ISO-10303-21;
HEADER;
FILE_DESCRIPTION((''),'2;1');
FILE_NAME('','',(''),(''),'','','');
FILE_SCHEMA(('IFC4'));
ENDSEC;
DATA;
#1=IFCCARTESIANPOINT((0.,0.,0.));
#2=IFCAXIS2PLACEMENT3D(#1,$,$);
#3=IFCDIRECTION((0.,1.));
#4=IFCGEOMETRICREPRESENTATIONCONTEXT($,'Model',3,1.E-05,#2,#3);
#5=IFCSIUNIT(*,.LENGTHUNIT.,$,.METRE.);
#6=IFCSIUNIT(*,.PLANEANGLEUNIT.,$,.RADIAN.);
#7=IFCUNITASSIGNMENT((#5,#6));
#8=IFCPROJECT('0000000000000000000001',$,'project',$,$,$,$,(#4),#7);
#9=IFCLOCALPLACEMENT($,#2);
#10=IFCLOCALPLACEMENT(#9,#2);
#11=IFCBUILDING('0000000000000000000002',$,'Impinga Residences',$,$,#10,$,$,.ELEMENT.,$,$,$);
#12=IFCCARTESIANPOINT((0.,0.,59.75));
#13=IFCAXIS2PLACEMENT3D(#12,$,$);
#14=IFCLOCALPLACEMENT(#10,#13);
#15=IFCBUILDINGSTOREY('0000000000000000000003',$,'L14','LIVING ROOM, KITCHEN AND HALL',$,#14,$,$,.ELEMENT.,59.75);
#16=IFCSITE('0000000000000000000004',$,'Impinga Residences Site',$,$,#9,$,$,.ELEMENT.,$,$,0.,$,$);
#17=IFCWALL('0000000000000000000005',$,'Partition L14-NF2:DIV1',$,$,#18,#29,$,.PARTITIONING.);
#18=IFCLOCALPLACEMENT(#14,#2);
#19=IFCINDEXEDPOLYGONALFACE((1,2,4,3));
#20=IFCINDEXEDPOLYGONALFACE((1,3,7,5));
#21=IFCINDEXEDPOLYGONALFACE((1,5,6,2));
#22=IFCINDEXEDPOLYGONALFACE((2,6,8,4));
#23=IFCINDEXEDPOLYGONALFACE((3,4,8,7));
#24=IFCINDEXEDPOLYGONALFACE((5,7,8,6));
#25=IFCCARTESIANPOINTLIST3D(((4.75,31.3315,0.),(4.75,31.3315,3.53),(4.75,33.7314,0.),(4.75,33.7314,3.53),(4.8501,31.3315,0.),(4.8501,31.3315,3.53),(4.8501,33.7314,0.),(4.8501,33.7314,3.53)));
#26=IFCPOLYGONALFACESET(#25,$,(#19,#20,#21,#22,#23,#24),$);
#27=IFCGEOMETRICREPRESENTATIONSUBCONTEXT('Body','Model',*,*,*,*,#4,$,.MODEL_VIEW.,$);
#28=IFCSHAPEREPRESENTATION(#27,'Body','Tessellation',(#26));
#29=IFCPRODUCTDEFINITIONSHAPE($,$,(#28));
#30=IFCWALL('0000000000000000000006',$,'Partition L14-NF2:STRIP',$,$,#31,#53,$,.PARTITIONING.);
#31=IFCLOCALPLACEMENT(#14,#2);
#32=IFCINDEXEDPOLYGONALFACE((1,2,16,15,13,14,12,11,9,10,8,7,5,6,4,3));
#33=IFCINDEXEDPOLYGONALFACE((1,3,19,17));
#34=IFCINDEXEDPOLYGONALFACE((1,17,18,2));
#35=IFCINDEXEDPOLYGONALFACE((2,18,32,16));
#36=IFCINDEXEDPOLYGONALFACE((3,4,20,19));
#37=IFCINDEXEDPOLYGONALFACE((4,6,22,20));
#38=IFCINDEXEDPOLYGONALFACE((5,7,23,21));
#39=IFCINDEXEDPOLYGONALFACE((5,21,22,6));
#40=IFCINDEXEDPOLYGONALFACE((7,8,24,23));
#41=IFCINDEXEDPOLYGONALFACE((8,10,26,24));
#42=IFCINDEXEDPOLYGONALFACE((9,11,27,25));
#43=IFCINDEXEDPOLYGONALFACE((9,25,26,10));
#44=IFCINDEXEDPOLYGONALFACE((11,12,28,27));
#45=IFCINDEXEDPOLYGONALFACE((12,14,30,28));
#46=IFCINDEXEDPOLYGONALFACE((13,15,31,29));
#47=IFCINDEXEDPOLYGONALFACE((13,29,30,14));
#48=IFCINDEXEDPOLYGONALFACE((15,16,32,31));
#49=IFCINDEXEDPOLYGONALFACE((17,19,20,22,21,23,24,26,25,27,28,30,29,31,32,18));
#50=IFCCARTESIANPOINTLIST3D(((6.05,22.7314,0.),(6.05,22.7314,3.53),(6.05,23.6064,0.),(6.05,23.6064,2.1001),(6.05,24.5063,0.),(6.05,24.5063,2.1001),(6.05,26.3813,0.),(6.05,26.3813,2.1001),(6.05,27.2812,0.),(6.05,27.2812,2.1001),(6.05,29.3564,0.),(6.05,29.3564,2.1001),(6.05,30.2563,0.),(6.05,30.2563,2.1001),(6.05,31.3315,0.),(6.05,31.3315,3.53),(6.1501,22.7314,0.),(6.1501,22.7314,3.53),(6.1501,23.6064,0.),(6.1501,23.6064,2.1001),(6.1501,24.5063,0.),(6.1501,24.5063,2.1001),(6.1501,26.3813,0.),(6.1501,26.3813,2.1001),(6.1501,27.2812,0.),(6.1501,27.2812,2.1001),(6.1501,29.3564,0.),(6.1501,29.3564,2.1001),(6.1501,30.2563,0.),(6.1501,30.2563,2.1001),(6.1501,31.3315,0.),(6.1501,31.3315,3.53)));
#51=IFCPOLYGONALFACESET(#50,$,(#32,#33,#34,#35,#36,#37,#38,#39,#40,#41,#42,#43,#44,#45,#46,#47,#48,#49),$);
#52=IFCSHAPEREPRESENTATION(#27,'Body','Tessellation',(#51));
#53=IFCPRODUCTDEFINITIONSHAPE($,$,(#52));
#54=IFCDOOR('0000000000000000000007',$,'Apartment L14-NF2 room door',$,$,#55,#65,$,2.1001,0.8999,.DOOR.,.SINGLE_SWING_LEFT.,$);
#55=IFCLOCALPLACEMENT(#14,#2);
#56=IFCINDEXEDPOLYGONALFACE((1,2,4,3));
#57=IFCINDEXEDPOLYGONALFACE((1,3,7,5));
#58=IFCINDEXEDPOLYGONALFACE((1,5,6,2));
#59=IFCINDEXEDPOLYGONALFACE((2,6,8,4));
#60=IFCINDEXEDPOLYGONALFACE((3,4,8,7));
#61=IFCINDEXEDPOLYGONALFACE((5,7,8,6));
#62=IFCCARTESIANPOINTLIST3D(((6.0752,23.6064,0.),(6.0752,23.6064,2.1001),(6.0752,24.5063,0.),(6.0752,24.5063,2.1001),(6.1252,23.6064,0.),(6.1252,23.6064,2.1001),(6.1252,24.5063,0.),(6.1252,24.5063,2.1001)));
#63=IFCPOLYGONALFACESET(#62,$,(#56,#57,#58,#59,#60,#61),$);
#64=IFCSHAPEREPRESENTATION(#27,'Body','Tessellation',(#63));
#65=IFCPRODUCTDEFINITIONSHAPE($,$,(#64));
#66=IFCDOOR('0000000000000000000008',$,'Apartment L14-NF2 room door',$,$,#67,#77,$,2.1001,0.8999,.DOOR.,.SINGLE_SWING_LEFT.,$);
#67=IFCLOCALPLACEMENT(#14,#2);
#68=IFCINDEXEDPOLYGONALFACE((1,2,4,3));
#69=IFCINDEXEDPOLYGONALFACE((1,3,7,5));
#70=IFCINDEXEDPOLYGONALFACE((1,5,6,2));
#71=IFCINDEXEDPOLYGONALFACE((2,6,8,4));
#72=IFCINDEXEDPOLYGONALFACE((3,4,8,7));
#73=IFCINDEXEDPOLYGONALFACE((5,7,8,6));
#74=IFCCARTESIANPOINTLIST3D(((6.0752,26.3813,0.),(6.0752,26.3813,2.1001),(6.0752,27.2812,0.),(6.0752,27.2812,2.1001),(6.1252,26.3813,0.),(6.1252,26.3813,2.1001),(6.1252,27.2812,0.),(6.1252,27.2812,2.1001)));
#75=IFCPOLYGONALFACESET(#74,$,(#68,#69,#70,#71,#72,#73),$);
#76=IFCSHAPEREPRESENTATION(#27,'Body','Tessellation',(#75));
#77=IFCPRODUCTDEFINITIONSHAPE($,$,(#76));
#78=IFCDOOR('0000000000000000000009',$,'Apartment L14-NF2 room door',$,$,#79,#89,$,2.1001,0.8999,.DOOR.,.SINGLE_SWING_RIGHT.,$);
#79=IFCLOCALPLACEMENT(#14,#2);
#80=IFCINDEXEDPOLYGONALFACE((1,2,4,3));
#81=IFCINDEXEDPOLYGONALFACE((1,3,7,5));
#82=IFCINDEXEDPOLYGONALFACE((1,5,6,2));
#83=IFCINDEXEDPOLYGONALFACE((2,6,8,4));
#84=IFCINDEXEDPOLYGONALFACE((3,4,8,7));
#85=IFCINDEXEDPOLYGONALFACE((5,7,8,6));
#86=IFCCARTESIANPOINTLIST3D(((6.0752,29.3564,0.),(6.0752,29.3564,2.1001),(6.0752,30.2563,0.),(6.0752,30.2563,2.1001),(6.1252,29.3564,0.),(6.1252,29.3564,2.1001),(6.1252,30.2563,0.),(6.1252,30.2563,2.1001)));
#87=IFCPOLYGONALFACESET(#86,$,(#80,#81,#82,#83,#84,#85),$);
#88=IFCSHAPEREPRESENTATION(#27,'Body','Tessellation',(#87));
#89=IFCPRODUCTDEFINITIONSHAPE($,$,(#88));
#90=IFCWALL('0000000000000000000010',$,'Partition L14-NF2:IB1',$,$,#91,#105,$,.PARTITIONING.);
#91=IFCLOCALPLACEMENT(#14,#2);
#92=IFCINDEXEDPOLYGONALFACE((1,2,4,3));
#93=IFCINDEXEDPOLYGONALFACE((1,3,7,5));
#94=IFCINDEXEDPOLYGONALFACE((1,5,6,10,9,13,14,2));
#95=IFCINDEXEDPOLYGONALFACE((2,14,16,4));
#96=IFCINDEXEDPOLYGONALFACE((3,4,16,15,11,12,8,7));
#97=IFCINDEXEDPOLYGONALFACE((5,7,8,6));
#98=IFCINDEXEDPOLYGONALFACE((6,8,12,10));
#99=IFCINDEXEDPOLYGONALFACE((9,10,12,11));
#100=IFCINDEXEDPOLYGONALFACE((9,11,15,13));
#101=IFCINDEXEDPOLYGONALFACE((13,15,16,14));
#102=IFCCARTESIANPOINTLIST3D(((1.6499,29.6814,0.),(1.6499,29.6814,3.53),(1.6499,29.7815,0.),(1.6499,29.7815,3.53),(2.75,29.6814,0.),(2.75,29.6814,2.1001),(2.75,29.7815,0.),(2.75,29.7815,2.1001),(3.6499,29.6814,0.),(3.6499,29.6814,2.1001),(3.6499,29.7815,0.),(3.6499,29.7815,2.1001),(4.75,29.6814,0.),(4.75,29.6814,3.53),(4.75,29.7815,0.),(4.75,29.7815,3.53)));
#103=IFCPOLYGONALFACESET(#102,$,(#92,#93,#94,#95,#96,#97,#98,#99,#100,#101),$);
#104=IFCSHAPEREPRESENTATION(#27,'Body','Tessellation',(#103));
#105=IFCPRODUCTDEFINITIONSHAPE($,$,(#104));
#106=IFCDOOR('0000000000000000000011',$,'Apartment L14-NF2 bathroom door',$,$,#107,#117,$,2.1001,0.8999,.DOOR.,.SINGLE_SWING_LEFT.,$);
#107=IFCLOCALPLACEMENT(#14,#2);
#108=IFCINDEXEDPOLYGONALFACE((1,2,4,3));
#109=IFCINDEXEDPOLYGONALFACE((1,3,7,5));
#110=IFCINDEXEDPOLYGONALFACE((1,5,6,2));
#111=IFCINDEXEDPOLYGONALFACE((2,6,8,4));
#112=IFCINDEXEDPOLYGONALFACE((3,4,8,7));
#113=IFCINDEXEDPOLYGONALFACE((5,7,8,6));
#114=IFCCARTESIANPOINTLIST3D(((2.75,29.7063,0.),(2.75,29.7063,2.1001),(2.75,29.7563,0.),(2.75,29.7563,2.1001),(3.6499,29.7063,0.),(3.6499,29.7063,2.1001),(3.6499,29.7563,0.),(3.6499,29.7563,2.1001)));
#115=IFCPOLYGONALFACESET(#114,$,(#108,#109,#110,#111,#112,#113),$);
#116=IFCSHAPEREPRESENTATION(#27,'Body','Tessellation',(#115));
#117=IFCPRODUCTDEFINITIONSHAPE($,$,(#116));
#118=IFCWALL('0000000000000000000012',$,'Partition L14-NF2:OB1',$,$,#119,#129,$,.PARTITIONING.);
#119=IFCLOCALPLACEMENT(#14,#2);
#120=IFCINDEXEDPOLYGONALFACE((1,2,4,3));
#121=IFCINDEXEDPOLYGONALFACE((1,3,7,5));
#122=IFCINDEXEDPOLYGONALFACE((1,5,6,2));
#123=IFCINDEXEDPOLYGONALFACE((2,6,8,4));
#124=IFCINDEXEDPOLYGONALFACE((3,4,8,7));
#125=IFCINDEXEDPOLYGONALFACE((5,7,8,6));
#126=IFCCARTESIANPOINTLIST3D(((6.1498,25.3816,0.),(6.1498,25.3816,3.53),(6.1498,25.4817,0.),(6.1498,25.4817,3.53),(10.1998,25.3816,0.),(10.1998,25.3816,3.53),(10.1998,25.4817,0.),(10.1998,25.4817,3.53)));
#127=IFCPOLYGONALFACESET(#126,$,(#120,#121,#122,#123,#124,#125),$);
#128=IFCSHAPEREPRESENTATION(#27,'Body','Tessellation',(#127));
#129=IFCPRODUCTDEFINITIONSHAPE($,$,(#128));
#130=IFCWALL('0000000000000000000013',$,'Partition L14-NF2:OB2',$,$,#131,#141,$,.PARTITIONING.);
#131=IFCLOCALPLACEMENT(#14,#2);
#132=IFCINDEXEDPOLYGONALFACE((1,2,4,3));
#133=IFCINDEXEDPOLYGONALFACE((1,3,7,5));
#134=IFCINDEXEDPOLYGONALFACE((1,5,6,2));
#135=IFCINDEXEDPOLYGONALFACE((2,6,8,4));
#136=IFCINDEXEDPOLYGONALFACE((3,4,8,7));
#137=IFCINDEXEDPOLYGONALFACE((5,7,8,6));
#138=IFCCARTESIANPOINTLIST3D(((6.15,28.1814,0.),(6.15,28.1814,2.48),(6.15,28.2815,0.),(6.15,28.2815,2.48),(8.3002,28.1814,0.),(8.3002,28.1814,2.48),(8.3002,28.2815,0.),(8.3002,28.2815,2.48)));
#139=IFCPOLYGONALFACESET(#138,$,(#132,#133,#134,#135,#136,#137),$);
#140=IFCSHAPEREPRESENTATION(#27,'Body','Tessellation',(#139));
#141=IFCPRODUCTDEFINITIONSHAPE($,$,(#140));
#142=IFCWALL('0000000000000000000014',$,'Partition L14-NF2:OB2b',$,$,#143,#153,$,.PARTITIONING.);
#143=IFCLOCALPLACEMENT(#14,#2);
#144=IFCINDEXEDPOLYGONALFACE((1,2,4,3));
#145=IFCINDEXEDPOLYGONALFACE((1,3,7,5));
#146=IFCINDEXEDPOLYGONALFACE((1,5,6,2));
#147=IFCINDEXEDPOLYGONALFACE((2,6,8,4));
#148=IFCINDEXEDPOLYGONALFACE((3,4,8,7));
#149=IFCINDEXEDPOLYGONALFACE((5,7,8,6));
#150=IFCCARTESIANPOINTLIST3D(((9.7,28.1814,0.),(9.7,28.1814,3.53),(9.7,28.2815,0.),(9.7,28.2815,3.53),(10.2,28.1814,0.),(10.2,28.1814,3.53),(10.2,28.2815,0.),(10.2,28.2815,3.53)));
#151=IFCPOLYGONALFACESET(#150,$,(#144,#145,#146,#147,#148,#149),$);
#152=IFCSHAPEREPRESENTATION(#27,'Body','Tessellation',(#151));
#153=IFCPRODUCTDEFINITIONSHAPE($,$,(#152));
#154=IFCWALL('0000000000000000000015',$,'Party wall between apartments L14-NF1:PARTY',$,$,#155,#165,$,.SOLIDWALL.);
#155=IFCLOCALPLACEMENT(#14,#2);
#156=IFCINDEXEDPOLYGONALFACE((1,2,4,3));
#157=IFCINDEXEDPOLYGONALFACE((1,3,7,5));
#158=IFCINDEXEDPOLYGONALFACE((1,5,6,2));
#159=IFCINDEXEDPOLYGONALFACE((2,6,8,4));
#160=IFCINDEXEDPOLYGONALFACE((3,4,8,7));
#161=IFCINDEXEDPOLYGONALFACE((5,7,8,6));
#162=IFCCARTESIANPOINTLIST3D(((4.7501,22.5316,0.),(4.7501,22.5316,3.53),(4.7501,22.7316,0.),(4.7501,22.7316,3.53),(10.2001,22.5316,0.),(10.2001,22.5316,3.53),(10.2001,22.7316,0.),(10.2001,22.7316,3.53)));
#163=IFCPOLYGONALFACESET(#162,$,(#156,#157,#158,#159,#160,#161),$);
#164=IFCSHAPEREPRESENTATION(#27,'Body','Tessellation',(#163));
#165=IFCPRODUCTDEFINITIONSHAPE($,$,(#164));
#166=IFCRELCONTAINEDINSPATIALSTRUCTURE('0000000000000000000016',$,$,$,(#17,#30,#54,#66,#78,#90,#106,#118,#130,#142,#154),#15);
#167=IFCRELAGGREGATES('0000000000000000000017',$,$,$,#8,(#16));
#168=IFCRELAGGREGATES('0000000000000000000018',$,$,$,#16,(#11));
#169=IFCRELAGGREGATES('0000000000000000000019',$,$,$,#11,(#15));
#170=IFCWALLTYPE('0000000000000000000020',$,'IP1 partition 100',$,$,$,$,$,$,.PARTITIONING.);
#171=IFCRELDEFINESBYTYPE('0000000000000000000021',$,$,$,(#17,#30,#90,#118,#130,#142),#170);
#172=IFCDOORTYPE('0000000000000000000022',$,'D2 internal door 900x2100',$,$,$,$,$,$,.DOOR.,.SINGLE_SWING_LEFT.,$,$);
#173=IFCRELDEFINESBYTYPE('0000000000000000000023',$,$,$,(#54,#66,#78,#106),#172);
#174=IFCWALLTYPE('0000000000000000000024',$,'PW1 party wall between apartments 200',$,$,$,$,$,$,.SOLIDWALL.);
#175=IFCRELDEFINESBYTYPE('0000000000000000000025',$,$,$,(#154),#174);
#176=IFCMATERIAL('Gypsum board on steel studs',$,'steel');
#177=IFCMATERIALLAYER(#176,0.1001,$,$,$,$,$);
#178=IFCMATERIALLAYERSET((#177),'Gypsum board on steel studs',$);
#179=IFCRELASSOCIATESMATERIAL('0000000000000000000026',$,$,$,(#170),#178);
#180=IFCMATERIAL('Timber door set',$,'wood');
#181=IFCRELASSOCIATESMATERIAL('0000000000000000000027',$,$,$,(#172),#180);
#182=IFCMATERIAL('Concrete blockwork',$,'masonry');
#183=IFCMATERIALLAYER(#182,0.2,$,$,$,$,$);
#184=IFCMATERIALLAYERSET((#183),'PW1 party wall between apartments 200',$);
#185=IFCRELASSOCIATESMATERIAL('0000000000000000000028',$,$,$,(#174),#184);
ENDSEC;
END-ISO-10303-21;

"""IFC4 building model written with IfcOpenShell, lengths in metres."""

from ifc_helpers import new_model, si_unit, direction, frame, frame_2d, origin, place, context, subcontext, project, spatial, rectangle, extrude, material, layer, layer_set, type_object, element, fill, save


model = new_model("IFC4")

# Units and contexts
model_context = context("Model", 3, precision=1e-05, world=origin(), true_north=direction((0.0, 1.0)))
body_context = subcontext(model_context, "Body", "Model", "MODEL_VIEW")
ifc_project = project(units=[si_unit("LENGTHUNIT", "METRE"), si_unit("PLANEANGLEUNIT", "RADIAN")], contexts=[model_context])

# Site, building, storey
site_placement = place(None, origin())
site = spatial("IfcSite", under=ifc_project, at=site_placement, Name="Impinga Residences Site", CompositionType="ELEMENT", RefElevation=0.0)
building_placement = place(site_placement, origin())
building = spatial("IfcBuilding", under=site, at=building_placement, Name="Impinga Residences", CompositionType="ELEMENT")
storey_placement = place(building_placement, frame((0.0, 0.0, 59.75)))
storey = spatial("IfcBuildingStorey", under=building, at=storey_placement, Name="L14", Description="LIVING ROOM, KITCHEN AND HALL", CompositionType="ELEMENT", Elevation=59.75)

# Shared definitions
ifc_material_1 = material(Name="Gypsum board on steel studs", Category="steel")
ifc_layer_1 = layer(ifc_material_1, 0.1001)
ifc_layer_set_1 = layer_set([ifc_layer_1], Name="Gypsum board on steel studs")
wall_type_1 = type_object("IfcWallType", Name="IP1 partition 100", PredefinedType="PARTITIONING", material=ifc_layer_set_1)

# Shared definitions
ifc_material_2 = material(Name="Timber door set", Category="wood")
door_type = type_object("IfcDoorType", Name="D2 internal door 900x2100", OperationType="SINGLE_SWING_LEFT", PredefinedType="DOOR", material=ifc_material_2)

# Wall
wall_1_placement = place(storey_placement, frame((4.8, 31.3315, 0.0), z_axis=(0.0, 0.0, 1.0), x_axis=(0.0, 1.0, 0.0)))
element("IfcWall", 1, at=wall_1_placement, inside=storey, type_object=wall_type_1, Name="Partition L14-NF2:DIV1", PredefinedType="PARTITIONING", context=body_context, shape_type="SweptSolid", body=[
    extrude(rectangle(XDim=2.3999, YDim=0.1001, at=frame_2d((1.2, 0.0))), origin(), (0.0, 0.0, 1.0), 3.53),
])

# Wall, openings, doors
wall_2_placement = place(storey_placement, frame((6.1001, 22.7314, 0.0), z_axis=(0.0, 0.0, 1.0), x_axis=(0.0, 1.0, 0.0)))
wall_2 = element("IfcWall", 2, at=wall_2_placement, inside=storey, type_object=wall_type_1, Name="Partition L14-NF2:STRIP", PredefinedType="PARTITIONING", context=body_context, shape_type="SweptSolid", body=[
    extrude(rectangle(XDim=8.6001, YDim=0.1001, at=frame_2d((4.3, 0.0))), origin(), (0.0, 0.0, 1.0), 3.53),
])
opening_1_placement = place(wall_2_placement, frame((0.875, 0.0, 0.0)))
opening_1 = element("IfcOpeningElement", 3, at=opening_1_placement, cuts=wall_2, PredefinedType="OPENING", context=body_context, shape_type="SweptSolid", body=[
    extrude(rectangle(XDim=0.8999, YDim=2.1001, at=frame_2d((0.45, 1.05))), frame((0.0, 0.0601, 0.0), z_axis=(0.0, -1.0, 0.0), x_axis=(1.0, 0.0, 0.0)), (0.0, 0.0, 1.0), 0.1201),
])
opening_2_placement = place(wall_2_placement, frame((3.6499, 0.0, 0.0)))
opening_2 = element("IfcOpeningElement", 4, at=opening_2_placement, cuts=wall_2, PredefinedType="OPENING", context=body_context, shape_type="SweptSolid", body=[
    extrude(rectangle(XDim=0.8999, YDim=2.1001, at=frame_2d((0.45, 1.05))), frame((0.0, 0.0601, 0.0), z_axis=(0.0, -1.0, 0.0), x_axis=(1.0, 0.0, 0.0)), (0.0, 0.0, 1.0), 0.1201),
])
opening_3_placement = place(wall_2_placement, frame((6.625, 0.0, 0.0)))
opening_3 = element("IfcOpeningElement", 5, at=opening_3_placement, cuts=wall_2, PredefinedType="OPENING", context=body_context, shape_type="SweptSolid", body=[
    extrude(rectangle(XDim=0.8999, YDim=2.1001, at=frame_2d((0.45, 1.05))), frame((0.0, 0.0601, 0.0), z_axis=(0.0, -1.0, 0.0), x_axis=(1.0, 0.0, 0.0)), (0.0, 0.0, 1.0), 0.1201),
])
door_1_placement = place(opening_1_placement, origin())
door_1 = element("IfcDoor", 6, at=door_1_placement, inside=storey, type_object=door_type, Name="Apartment L14-NF2 room door", OperationType="SINGLE_SWING_LEFT", OverallHeight=2.1001, OverallWidth=0.8999, PredefinedType="DOOR", context=body_context, shape_type="SweptSolid", body=[
    extrude(rectangle(XDim=0.8999, YDim=2.1001, at=frame_2d((0.45, 1.05))), frame((0.0, 0.0249, 0.0), z_axis=(0.0, -1.0, 0.0), x_axis=(1.0, 0.0, 0.0)), (0.0, 0.0, 1.0), 0.05),
])
fill(opening_1, door_1)
door_2_placement = place(opening_2_placement, origin())
door_2 = element("IfcDoor", 7, at=door_2_placement, inside=storey, type_object=door_type, Name="Apartment L14-NF2 room door", OperationType="SINGLE_SWING_LEFT", OverallHeight=2.1001, OverallWidth=0.8999, PredefinedType="DOOR", context=body_context, shape_type="SweptSolid", body=[
    extrude(rectangle(XDim=0.8999, YDim=2.1001, at=frame_2d((0.45, 1.05))), frame((0.0, 0.0249, 0.0), z_axis=(0.0, -1.0, 0.0), x_axis=(1.0, 0.0, 0.0)), (0.0, 0.0, 1.0), 0.05),
])
fill(opening_2, door_2)
door_3_placement = place(opening_3_placement, origin())
door_3 = element("IfcDoor", 8, at=door_3_placement, inside=storey, type_object=door_type, Name="Apartment L14-NF2 room door", OperationType="SINGLE_SWING_RIGHT", OverallHeight=2.1001, OverallWidth=0.8999, PredefinedType="DOOR", context=body_context, shape_type="SweptSolid", body=[
    extrude(rectangle(XDim=0.8999, YDim=2.1001, at=frame_2d((0.45, 1.05))), frame((0.0, 0.0249, 0.0), z_axis=(0.0, -1.0, 0.0), x_axis=(1.0, 0.0, 0.0)), (0.0, 0.0, 1.0), 0.05),
])
fill(opening_3, door_3)

# Wall, opening, door
wall_3_placement = place(storey_placement, frame((1.6499, 29.7314, 0.0), z_axis=(0.0, 0.0, 1.0), x_axis=(1.0, 0.0, 0.0)))
wall_3 = element("IfcWall", 9, at=wall_3_placement, inside=storey, type_object=wall_type_1, Name="Partition L14-NF2:IB1", PredefinedType="PARTITIONING", context=body_context, shape_type="SweptSolid", body=[
    extrude(rectangle(XDim=3.1001, YDim=0.1001, at=frame_2d((1.55, 0.0))), origin(), (0.0, 0.0, 1.0), 3.53),
])
opening_4_placement = place(wall_3_placement, frame((1.1001, 0.0, 0.0)))
opening_4 = element("IfcOpeningElement", 10, at=opening_4_placement, cuts=wall_3, PredefinedType="OPENING", context=body_context, shape_type="SweptSolid", body=[
    extrude(rectangle(XDim=0.8999, YDim=2.1001, at=frame_2d((0.45, 1.05))), frame((0.0, 0.0601, 0.0), z_axis=(0.0, -1.0, 0.0), x_axis=(1.0, 0.0, 0.0)), (0.0, 0.0, 1.0), 0.1201),
])
door_4_placement = place(opening_4_placement, origin())
door_4 = element("IfcDoor", 11, at=door_4_placement, inside=storey, type_object=door_type, Name="Apartment L14-NF2 bathroom door", OperationType="SINGLE_SWING_LEFT", OverallHeight=2.1001, OverallWidth=0.8999, PredefinedType="DOOR", context=body_context, shape_type="SweptSolid", body=[
    extrude(rectangle(XDim=0.8999, YDim=2.1001, at=frame_2d((0.45, 1.05))), frame((0.0, 0.0249, 0.0), z_axis=(0.0, -1.0, 0.0), x_axis=(1.0, 0.0, 0.0)), (0.0, 0.0, 1.0), 0.05),
])
fill(opening_4, door_4)

# Walls
wall_4_placement = place(storey_placement, frame((6.1499, 25.4316, 0.0), z_axis=(0.0, 0.0, 1.0), x_axis=(1.0, 0.0, 0.0)))
element("IfcWall", 12, at=wall_4_placement, inside=storey, type_object=wall_type_1, Name="Partition L14-NF2:OB1", PredefinedType="PARTITIONING", context=body_context, shape_type="SweptSolid", body=[
    extrude(rectangle(XDim=4.05, YDim=0.1001, at=frame_2d((2.0249, 0.0))), origin(), (0.0, 0.0, 1.0), 3.53),
])
wall_5_placement = place(storey_placement, frame((6.1499, 28.2314, 0.0), z_axis=(0.0, 0.0, 1.0), x_axis=(1.0, 0.0, 0.0)))
element("IfcWall", 13, at=wall_5_placement, inside=storey, type_object=wall_type_1, Name="Partition L14-NF2:OB2", PredefinedType="PARTITIONING", context=body_context, shape_type="SweptSolid", body=[
    extrude(rectangle(XDim=2.1501, YDim=0.1001, at=frame_2d((1.0752, 0.0))), origin(), (0.0, 0.0, 1.0), 2.48),
])
wall_6_placement = place(storey_placement, frame((9.7, 28.2314, 0.0), z_axis=(0.0, 0.0, 1.0), x_axis=(1.0, 0.0, 0.0)))
element("IfcWall", 14, at=wall_6_placement, inside=storey, type_object=wall_type_1, Name="Partition L14-NF2:OB2b", PredefinedType="PARTITIONING", context=body_context, shape_type="SweptSolid", body=[
    extrude(rectangle(XDim=0.5, YDim=0.1001, at=frame_2d((0.25, 0.0))), origin(), (0.0, 0.0, 1.0), 3.53),
])
ifc_material_3 = material(Name="Concrete blockwork", Category="masonry")
ifc_layer_2 = layer(ifc_material_3, 0.2)
ifc_layer_set_2 = layer_set([ifc_layer_2], Name="PW1 party wall between apartments 200")
wall_type_2 = type_object("IfcWallType", Name="PW1 party wall between apartments 200", PredefinedType="SOLIDWALL", material=ifc_layer_set_2)
wall_7_placement = place(storey_placement, frame((4.75, 22.6316, 0.0), z_axis=(0.0, 0.0, 1.0), x_axis=(1.0, 0.0, 0.0)))
element("IfcWall", 15, at=wall_7_placement, inside=storey, type_object=wall_type_2, Name="Party wall between apartments L14-NF1:PARTY", PredefinedType="SOLIDWALL", context=body_context, shape_type="SweptSolid", body=[
    extrude(rectangle(XDim=5.45, YDim=0.2, at=frame_2d((2.7251, 0.0))), origin(), (0.0, 0.0, 1.0), 3.53),
])

save(model, "model.ifc")
